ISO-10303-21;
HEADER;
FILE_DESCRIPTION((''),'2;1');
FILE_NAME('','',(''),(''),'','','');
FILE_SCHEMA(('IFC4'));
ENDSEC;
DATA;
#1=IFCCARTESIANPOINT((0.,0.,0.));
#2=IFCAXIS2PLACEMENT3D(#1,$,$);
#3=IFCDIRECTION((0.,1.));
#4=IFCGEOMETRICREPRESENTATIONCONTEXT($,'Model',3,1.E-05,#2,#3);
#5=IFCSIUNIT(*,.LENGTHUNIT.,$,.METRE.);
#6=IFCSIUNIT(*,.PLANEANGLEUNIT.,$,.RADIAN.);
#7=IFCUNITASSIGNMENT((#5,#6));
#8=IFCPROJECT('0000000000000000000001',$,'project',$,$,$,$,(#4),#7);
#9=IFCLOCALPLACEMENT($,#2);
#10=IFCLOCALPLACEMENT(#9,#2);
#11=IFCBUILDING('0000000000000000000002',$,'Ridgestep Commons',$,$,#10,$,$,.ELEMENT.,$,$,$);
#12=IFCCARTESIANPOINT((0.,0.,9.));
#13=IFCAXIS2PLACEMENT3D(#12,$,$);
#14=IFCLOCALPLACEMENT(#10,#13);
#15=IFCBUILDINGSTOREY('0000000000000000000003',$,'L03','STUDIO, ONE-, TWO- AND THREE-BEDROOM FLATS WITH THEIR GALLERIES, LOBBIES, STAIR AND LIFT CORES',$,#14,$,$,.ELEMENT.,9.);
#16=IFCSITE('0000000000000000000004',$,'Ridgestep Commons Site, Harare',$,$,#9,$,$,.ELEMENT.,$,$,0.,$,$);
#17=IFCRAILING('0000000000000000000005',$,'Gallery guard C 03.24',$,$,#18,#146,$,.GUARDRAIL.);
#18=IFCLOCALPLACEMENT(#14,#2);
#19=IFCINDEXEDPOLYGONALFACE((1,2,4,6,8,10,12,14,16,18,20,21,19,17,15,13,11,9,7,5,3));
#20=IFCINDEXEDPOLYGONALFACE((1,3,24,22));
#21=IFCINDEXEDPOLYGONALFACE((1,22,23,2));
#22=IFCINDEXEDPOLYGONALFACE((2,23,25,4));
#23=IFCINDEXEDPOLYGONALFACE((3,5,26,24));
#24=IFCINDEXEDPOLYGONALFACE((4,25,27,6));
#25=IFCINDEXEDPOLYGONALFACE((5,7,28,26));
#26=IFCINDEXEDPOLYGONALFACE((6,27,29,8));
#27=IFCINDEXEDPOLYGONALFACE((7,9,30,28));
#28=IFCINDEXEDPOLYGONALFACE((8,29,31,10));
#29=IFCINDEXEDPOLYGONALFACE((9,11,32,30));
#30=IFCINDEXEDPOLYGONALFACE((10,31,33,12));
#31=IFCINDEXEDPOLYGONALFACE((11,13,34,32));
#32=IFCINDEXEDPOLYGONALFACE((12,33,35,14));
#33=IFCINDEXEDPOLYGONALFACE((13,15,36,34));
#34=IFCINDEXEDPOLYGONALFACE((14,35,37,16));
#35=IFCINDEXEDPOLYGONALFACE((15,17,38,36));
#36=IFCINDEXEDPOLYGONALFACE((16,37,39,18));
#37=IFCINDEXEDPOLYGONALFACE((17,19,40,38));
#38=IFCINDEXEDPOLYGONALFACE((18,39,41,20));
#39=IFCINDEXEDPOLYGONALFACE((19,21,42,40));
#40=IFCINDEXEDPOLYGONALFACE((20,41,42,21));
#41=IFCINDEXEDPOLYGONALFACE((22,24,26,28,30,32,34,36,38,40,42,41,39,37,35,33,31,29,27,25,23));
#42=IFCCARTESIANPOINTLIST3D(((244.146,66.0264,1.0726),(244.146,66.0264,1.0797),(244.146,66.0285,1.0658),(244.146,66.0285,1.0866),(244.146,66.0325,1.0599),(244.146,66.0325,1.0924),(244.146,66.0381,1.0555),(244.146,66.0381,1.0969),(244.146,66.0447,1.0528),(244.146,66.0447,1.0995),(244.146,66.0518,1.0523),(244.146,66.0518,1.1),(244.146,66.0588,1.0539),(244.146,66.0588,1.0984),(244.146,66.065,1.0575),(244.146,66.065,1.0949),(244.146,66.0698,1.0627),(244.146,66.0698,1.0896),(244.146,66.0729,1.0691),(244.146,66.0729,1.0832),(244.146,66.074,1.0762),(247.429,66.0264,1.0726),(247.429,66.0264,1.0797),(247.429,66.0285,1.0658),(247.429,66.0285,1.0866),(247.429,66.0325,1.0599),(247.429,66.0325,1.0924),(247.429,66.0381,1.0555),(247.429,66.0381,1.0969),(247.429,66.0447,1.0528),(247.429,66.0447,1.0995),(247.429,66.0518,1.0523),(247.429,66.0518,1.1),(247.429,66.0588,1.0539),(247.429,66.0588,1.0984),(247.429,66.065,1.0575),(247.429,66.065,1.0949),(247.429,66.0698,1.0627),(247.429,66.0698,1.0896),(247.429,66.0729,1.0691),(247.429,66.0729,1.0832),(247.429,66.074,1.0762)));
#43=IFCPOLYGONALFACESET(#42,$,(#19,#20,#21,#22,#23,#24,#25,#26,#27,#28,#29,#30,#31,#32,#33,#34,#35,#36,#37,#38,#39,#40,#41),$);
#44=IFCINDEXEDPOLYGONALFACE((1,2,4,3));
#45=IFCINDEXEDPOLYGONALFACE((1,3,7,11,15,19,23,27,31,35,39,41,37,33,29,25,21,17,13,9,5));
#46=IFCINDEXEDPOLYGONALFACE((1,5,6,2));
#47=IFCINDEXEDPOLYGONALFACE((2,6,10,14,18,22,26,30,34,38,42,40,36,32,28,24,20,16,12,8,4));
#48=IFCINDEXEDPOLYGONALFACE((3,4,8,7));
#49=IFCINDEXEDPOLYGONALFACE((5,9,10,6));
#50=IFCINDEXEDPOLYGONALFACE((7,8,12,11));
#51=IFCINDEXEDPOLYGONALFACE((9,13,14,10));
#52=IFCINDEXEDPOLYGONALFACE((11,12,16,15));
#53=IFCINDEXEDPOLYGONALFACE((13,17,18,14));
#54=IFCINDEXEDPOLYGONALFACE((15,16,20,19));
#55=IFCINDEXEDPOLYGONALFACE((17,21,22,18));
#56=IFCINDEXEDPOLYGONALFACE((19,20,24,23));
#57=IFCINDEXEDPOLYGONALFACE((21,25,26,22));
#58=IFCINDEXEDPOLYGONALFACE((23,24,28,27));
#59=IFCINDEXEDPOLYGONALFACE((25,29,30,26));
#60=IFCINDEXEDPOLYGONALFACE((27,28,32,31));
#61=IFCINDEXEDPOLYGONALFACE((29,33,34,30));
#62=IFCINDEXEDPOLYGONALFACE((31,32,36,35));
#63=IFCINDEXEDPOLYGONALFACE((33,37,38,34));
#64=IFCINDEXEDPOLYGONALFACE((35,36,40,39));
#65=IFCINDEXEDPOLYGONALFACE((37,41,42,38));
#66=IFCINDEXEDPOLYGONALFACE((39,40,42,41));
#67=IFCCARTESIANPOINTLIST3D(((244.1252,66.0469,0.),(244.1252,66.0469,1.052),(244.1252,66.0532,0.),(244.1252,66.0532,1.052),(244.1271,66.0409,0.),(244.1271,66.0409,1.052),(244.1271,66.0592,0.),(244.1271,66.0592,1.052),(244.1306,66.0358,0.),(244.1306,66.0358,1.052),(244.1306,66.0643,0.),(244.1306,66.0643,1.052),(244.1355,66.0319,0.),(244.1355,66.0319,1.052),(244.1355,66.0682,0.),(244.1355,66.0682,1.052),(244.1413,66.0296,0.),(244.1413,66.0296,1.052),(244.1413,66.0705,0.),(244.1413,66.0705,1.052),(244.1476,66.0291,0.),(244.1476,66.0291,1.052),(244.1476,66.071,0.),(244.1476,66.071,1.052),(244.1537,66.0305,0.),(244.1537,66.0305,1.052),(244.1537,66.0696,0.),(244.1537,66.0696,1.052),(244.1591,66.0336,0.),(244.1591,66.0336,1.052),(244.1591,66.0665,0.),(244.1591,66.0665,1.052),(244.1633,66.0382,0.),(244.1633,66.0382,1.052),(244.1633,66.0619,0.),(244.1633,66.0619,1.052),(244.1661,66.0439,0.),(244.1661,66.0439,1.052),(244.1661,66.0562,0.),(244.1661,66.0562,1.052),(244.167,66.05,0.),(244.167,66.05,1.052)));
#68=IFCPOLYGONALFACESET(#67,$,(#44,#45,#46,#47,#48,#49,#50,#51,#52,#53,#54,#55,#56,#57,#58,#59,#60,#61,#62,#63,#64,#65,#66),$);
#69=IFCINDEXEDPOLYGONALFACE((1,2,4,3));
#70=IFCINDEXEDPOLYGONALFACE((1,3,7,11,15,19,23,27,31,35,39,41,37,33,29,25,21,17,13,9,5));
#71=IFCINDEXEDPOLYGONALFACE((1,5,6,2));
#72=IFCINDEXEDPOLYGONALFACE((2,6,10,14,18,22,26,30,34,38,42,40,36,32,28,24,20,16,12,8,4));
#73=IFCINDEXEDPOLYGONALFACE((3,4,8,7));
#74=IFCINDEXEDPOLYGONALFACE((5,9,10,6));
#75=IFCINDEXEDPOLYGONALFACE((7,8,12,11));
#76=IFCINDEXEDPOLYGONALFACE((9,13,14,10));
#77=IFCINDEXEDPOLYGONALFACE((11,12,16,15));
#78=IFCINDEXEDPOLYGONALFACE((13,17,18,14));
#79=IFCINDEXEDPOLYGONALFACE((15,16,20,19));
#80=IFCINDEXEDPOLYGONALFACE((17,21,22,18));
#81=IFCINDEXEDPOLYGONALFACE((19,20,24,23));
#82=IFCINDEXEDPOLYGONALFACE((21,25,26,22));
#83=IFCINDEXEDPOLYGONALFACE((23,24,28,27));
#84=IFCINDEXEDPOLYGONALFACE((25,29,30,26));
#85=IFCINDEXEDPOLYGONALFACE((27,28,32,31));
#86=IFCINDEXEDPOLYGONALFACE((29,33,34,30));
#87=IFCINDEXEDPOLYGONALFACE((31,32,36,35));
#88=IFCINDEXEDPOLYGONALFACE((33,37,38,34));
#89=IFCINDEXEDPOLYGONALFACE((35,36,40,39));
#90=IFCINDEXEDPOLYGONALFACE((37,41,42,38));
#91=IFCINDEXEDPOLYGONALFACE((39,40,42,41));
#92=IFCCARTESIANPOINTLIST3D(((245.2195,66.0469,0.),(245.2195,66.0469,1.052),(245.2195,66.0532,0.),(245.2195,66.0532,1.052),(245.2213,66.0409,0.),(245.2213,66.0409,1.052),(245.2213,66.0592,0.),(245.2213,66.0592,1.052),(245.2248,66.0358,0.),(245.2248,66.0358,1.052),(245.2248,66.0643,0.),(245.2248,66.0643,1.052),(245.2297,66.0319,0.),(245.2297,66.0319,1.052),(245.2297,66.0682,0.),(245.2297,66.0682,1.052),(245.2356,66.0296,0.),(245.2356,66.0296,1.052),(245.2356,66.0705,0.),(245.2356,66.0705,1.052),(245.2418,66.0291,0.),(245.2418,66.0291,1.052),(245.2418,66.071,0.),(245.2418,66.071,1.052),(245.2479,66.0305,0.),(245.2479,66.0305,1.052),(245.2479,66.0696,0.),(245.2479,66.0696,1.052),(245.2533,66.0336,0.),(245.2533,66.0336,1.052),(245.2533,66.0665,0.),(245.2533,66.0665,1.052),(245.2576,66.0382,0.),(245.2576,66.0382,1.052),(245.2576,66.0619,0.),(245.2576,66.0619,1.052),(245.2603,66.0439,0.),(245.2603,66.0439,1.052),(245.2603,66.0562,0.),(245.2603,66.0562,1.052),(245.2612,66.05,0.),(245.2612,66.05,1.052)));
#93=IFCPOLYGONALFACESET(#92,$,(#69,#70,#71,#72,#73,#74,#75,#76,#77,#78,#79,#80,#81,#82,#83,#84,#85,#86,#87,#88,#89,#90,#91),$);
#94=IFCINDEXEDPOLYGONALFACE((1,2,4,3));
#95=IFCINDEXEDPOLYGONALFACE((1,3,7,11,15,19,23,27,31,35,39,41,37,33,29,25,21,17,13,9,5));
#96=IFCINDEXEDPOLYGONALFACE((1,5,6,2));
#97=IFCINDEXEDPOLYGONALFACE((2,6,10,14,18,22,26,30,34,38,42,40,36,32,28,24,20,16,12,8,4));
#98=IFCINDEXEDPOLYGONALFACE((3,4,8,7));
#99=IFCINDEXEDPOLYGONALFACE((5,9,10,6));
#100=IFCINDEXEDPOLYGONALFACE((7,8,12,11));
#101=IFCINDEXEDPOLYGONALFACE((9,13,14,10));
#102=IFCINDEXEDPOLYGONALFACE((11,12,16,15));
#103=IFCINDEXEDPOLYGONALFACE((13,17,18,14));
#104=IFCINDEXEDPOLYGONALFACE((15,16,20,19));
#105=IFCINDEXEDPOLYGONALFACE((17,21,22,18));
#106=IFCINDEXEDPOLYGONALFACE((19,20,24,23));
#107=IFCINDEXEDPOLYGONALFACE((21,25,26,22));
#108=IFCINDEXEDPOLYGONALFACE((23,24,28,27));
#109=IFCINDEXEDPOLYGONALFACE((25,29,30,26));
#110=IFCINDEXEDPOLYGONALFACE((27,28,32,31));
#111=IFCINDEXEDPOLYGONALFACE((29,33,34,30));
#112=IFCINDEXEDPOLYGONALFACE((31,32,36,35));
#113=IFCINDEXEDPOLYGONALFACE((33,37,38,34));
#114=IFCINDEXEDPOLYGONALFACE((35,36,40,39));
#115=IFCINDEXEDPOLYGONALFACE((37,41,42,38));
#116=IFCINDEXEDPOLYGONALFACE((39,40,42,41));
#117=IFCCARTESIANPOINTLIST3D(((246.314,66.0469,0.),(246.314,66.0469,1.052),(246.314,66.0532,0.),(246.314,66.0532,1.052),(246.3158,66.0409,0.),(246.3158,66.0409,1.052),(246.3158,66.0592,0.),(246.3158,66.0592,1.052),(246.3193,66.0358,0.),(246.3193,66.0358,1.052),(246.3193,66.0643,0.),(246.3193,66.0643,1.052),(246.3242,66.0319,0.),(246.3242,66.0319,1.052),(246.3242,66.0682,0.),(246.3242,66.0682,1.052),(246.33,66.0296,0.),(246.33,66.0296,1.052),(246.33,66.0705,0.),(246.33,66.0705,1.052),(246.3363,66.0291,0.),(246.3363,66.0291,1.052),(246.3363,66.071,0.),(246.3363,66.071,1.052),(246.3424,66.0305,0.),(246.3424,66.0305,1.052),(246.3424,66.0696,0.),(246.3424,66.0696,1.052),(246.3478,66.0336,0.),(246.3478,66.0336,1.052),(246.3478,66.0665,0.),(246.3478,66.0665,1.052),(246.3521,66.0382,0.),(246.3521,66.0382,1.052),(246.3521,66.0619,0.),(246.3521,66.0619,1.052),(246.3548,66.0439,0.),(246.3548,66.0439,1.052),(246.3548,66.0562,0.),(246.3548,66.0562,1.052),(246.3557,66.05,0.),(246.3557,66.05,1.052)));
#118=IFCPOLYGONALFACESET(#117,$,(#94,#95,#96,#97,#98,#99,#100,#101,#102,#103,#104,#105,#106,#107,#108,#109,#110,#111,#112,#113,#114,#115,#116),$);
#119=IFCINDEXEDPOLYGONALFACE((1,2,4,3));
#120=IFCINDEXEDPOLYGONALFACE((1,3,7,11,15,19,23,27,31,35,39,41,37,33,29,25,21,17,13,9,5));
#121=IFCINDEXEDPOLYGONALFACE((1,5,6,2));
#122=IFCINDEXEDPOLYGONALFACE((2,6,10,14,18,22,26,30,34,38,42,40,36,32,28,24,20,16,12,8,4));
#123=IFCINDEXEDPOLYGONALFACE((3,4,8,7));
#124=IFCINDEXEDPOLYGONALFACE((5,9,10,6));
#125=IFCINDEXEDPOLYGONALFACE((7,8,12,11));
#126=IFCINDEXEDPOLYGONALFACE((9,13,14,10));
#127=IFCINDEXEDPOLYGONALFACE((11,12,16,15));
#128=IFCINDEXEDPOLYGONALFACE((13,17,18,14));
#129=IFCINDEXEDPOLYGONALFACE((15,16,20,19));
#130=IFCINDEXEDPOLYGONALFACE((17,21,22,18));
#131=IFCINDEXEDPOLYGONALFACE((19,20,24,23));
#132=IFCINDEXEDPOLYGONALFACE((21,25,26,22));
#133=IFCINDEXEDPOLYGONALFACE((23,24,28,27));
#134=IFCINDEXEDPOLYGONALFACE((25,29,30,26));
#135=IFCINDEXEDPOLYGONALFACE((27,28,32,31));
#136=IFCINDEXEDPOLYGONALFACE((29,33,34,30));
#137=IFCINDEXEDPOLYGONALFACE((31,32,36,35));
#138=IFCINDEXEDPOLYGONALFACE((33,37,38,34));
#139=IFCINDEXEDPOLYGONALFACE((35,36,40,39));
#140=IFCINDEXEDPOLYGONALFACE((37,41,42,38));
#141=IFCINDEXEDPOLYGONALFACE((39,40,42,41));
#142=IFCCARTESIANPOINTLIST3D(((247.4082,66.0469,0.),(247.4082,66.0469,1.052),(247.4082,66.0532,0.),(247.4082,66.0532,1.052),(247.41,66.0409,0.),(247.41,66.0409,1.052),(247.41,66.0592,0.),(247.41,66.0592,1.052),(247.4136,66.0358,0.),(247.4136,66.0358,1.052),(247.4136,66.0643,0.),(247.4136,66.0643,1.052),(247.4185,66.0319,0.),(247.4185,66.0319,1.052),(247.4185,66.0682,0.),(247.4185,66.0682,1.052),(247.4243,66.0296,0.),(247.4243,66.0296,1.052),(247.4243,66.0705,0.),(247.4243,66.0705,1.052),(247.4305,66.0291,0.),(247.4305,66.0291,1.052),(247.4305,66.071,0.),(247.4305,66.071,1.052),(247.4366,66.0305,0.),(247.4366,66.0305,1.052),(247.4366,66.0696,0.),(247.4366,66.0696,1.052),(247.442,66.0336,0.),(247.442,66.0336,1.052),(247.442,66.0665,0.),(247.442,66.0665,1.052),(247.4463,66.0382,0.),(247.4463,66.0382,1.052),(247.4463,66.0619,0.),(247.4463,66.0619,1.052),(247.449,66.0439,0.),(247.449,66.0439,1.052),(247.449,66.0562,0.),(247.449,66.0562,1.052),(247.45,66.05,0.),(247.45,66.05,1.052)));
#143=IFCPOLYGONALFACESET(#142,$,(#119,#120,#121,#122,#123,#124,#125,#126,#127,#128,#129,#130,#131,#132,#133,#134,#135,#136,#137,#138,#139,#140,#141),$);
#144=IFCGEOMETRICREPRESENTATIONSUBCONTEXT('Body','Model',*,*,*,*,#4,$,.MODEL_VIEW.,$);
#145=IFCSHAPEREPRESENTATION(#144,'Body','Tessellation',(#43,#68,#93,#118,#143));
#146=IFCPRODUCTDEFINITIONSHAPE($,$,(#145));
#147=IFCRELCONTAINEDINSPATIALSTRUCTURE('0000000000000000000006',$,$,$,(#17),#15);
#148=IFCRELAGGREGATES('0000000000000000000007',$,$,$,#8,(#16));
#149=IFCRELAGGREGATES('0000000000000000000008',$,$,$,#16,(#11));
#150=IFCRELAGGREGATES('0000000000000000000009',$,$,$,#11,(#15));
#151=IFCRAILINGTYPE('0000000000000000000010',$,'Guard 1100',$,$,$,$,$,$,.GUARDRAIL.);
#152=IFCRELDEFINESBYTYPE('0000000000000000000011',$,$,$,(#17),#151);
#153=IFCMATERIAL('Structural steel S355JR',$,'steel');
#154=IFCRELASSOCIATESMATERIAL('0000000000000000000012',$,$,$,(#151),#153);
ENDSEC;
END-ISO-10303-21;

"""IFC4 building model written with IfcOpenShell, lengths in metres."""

from ifc_helpers import new_model, si_unit, direction, frame, origin, origin_2d, place, context, subcontext, project, spatial, circle, extrude, material, type_object, element, save


model = new_model("IFC4")

# Units and contexts
model_context = context("Model", 3, precision=1e-05, world=origin(), true_north=direction((0.0, 1.0)))
body_context = subcontext(model_context, "Body", "Model", "MODEL_VIEW")
ifc_project = project(units=[si_unit("LENGTHUNIT", "METRE"), si_unit("PLANEANGLEUNIT", "RADIAN")], contexts=[model_context])

# Site, building, storey
site_placement = place(None, origin())
site = spatial("IfcSite", under=ifc_project, at=site_placement, Name="Ridgestep Commons Site, Harare", CompositionType="ELEMENT", RefElevation=0.0)
building_placement = place(site_placement, origin())
building = spatial("IfcBuilding", under=site, at=building_placement, Name="Ridgestep Commons", CompositionType="ELEMENT")
storey_placement = place(building_placement, frame((0.0, 0.0, 9.0)))
storey = spatial("IfcBuildingStorey", under=building, at=storey_placement, Name="L03", Description="STUDIO, ONE-, TWO- AND THREE-BEDROOM FLATS WITH THEIR GALLERIES, LOBBIES, STAIR AND LIFT CORES", CompositionType="ELEMENT", Elevation=9.0)

# Railing
ifc_material_1 = material(Name="Structural steel S355JR", Category="steel")
railing_type = type_object("IfcRailingType", Name="Guard 1100", PredefinedType="GUARDRAIL", material=ifc_material_1)
railing_1_placement = place(storey_placement, frame((244.146, 66.05, 0.0)))
element("IfcRailing", 1, at=railing_1_placement, inside=storey, type_object=railing_type, Name="Gallery guard C 03.24", PredefinedType="GUARDRAIL", context=body_context, shape_type="SweptSolid", body=[
    extrude(circle(Radius=0.0239, at=origin_2d()), frame((0.0, 0.0, 1.0762), z_axis=(1.0, 0.0, 0.0), x_axis=(0.0, 1.0, 0.0)), (0.0, 0.0, 1.0), 3.283),
    extrude(circle(Radius=0.021, at=origin_2d()), origin(), (0.0, 0.0, 1.0), 1.052),
    extrude(circle(Radius=0.021, at=origin_2d()), frame((1.0942, 0.0, 0.0)), (0.0, 0.0, 1.0), 1.052),
    extrude(circle(Radius=0.021, at=origin_2d()), frame((2.1887, 0.0, 0.0)), (0.0, 0.0, 1.0), 1.052),
    extrude(circle(Radius=0.021, at=origin_2d()), frame((3.283, 0.0, 0.0)), (0.0, 0.0, 1.0), 1.052),
])

save(model, "model.ifc")
